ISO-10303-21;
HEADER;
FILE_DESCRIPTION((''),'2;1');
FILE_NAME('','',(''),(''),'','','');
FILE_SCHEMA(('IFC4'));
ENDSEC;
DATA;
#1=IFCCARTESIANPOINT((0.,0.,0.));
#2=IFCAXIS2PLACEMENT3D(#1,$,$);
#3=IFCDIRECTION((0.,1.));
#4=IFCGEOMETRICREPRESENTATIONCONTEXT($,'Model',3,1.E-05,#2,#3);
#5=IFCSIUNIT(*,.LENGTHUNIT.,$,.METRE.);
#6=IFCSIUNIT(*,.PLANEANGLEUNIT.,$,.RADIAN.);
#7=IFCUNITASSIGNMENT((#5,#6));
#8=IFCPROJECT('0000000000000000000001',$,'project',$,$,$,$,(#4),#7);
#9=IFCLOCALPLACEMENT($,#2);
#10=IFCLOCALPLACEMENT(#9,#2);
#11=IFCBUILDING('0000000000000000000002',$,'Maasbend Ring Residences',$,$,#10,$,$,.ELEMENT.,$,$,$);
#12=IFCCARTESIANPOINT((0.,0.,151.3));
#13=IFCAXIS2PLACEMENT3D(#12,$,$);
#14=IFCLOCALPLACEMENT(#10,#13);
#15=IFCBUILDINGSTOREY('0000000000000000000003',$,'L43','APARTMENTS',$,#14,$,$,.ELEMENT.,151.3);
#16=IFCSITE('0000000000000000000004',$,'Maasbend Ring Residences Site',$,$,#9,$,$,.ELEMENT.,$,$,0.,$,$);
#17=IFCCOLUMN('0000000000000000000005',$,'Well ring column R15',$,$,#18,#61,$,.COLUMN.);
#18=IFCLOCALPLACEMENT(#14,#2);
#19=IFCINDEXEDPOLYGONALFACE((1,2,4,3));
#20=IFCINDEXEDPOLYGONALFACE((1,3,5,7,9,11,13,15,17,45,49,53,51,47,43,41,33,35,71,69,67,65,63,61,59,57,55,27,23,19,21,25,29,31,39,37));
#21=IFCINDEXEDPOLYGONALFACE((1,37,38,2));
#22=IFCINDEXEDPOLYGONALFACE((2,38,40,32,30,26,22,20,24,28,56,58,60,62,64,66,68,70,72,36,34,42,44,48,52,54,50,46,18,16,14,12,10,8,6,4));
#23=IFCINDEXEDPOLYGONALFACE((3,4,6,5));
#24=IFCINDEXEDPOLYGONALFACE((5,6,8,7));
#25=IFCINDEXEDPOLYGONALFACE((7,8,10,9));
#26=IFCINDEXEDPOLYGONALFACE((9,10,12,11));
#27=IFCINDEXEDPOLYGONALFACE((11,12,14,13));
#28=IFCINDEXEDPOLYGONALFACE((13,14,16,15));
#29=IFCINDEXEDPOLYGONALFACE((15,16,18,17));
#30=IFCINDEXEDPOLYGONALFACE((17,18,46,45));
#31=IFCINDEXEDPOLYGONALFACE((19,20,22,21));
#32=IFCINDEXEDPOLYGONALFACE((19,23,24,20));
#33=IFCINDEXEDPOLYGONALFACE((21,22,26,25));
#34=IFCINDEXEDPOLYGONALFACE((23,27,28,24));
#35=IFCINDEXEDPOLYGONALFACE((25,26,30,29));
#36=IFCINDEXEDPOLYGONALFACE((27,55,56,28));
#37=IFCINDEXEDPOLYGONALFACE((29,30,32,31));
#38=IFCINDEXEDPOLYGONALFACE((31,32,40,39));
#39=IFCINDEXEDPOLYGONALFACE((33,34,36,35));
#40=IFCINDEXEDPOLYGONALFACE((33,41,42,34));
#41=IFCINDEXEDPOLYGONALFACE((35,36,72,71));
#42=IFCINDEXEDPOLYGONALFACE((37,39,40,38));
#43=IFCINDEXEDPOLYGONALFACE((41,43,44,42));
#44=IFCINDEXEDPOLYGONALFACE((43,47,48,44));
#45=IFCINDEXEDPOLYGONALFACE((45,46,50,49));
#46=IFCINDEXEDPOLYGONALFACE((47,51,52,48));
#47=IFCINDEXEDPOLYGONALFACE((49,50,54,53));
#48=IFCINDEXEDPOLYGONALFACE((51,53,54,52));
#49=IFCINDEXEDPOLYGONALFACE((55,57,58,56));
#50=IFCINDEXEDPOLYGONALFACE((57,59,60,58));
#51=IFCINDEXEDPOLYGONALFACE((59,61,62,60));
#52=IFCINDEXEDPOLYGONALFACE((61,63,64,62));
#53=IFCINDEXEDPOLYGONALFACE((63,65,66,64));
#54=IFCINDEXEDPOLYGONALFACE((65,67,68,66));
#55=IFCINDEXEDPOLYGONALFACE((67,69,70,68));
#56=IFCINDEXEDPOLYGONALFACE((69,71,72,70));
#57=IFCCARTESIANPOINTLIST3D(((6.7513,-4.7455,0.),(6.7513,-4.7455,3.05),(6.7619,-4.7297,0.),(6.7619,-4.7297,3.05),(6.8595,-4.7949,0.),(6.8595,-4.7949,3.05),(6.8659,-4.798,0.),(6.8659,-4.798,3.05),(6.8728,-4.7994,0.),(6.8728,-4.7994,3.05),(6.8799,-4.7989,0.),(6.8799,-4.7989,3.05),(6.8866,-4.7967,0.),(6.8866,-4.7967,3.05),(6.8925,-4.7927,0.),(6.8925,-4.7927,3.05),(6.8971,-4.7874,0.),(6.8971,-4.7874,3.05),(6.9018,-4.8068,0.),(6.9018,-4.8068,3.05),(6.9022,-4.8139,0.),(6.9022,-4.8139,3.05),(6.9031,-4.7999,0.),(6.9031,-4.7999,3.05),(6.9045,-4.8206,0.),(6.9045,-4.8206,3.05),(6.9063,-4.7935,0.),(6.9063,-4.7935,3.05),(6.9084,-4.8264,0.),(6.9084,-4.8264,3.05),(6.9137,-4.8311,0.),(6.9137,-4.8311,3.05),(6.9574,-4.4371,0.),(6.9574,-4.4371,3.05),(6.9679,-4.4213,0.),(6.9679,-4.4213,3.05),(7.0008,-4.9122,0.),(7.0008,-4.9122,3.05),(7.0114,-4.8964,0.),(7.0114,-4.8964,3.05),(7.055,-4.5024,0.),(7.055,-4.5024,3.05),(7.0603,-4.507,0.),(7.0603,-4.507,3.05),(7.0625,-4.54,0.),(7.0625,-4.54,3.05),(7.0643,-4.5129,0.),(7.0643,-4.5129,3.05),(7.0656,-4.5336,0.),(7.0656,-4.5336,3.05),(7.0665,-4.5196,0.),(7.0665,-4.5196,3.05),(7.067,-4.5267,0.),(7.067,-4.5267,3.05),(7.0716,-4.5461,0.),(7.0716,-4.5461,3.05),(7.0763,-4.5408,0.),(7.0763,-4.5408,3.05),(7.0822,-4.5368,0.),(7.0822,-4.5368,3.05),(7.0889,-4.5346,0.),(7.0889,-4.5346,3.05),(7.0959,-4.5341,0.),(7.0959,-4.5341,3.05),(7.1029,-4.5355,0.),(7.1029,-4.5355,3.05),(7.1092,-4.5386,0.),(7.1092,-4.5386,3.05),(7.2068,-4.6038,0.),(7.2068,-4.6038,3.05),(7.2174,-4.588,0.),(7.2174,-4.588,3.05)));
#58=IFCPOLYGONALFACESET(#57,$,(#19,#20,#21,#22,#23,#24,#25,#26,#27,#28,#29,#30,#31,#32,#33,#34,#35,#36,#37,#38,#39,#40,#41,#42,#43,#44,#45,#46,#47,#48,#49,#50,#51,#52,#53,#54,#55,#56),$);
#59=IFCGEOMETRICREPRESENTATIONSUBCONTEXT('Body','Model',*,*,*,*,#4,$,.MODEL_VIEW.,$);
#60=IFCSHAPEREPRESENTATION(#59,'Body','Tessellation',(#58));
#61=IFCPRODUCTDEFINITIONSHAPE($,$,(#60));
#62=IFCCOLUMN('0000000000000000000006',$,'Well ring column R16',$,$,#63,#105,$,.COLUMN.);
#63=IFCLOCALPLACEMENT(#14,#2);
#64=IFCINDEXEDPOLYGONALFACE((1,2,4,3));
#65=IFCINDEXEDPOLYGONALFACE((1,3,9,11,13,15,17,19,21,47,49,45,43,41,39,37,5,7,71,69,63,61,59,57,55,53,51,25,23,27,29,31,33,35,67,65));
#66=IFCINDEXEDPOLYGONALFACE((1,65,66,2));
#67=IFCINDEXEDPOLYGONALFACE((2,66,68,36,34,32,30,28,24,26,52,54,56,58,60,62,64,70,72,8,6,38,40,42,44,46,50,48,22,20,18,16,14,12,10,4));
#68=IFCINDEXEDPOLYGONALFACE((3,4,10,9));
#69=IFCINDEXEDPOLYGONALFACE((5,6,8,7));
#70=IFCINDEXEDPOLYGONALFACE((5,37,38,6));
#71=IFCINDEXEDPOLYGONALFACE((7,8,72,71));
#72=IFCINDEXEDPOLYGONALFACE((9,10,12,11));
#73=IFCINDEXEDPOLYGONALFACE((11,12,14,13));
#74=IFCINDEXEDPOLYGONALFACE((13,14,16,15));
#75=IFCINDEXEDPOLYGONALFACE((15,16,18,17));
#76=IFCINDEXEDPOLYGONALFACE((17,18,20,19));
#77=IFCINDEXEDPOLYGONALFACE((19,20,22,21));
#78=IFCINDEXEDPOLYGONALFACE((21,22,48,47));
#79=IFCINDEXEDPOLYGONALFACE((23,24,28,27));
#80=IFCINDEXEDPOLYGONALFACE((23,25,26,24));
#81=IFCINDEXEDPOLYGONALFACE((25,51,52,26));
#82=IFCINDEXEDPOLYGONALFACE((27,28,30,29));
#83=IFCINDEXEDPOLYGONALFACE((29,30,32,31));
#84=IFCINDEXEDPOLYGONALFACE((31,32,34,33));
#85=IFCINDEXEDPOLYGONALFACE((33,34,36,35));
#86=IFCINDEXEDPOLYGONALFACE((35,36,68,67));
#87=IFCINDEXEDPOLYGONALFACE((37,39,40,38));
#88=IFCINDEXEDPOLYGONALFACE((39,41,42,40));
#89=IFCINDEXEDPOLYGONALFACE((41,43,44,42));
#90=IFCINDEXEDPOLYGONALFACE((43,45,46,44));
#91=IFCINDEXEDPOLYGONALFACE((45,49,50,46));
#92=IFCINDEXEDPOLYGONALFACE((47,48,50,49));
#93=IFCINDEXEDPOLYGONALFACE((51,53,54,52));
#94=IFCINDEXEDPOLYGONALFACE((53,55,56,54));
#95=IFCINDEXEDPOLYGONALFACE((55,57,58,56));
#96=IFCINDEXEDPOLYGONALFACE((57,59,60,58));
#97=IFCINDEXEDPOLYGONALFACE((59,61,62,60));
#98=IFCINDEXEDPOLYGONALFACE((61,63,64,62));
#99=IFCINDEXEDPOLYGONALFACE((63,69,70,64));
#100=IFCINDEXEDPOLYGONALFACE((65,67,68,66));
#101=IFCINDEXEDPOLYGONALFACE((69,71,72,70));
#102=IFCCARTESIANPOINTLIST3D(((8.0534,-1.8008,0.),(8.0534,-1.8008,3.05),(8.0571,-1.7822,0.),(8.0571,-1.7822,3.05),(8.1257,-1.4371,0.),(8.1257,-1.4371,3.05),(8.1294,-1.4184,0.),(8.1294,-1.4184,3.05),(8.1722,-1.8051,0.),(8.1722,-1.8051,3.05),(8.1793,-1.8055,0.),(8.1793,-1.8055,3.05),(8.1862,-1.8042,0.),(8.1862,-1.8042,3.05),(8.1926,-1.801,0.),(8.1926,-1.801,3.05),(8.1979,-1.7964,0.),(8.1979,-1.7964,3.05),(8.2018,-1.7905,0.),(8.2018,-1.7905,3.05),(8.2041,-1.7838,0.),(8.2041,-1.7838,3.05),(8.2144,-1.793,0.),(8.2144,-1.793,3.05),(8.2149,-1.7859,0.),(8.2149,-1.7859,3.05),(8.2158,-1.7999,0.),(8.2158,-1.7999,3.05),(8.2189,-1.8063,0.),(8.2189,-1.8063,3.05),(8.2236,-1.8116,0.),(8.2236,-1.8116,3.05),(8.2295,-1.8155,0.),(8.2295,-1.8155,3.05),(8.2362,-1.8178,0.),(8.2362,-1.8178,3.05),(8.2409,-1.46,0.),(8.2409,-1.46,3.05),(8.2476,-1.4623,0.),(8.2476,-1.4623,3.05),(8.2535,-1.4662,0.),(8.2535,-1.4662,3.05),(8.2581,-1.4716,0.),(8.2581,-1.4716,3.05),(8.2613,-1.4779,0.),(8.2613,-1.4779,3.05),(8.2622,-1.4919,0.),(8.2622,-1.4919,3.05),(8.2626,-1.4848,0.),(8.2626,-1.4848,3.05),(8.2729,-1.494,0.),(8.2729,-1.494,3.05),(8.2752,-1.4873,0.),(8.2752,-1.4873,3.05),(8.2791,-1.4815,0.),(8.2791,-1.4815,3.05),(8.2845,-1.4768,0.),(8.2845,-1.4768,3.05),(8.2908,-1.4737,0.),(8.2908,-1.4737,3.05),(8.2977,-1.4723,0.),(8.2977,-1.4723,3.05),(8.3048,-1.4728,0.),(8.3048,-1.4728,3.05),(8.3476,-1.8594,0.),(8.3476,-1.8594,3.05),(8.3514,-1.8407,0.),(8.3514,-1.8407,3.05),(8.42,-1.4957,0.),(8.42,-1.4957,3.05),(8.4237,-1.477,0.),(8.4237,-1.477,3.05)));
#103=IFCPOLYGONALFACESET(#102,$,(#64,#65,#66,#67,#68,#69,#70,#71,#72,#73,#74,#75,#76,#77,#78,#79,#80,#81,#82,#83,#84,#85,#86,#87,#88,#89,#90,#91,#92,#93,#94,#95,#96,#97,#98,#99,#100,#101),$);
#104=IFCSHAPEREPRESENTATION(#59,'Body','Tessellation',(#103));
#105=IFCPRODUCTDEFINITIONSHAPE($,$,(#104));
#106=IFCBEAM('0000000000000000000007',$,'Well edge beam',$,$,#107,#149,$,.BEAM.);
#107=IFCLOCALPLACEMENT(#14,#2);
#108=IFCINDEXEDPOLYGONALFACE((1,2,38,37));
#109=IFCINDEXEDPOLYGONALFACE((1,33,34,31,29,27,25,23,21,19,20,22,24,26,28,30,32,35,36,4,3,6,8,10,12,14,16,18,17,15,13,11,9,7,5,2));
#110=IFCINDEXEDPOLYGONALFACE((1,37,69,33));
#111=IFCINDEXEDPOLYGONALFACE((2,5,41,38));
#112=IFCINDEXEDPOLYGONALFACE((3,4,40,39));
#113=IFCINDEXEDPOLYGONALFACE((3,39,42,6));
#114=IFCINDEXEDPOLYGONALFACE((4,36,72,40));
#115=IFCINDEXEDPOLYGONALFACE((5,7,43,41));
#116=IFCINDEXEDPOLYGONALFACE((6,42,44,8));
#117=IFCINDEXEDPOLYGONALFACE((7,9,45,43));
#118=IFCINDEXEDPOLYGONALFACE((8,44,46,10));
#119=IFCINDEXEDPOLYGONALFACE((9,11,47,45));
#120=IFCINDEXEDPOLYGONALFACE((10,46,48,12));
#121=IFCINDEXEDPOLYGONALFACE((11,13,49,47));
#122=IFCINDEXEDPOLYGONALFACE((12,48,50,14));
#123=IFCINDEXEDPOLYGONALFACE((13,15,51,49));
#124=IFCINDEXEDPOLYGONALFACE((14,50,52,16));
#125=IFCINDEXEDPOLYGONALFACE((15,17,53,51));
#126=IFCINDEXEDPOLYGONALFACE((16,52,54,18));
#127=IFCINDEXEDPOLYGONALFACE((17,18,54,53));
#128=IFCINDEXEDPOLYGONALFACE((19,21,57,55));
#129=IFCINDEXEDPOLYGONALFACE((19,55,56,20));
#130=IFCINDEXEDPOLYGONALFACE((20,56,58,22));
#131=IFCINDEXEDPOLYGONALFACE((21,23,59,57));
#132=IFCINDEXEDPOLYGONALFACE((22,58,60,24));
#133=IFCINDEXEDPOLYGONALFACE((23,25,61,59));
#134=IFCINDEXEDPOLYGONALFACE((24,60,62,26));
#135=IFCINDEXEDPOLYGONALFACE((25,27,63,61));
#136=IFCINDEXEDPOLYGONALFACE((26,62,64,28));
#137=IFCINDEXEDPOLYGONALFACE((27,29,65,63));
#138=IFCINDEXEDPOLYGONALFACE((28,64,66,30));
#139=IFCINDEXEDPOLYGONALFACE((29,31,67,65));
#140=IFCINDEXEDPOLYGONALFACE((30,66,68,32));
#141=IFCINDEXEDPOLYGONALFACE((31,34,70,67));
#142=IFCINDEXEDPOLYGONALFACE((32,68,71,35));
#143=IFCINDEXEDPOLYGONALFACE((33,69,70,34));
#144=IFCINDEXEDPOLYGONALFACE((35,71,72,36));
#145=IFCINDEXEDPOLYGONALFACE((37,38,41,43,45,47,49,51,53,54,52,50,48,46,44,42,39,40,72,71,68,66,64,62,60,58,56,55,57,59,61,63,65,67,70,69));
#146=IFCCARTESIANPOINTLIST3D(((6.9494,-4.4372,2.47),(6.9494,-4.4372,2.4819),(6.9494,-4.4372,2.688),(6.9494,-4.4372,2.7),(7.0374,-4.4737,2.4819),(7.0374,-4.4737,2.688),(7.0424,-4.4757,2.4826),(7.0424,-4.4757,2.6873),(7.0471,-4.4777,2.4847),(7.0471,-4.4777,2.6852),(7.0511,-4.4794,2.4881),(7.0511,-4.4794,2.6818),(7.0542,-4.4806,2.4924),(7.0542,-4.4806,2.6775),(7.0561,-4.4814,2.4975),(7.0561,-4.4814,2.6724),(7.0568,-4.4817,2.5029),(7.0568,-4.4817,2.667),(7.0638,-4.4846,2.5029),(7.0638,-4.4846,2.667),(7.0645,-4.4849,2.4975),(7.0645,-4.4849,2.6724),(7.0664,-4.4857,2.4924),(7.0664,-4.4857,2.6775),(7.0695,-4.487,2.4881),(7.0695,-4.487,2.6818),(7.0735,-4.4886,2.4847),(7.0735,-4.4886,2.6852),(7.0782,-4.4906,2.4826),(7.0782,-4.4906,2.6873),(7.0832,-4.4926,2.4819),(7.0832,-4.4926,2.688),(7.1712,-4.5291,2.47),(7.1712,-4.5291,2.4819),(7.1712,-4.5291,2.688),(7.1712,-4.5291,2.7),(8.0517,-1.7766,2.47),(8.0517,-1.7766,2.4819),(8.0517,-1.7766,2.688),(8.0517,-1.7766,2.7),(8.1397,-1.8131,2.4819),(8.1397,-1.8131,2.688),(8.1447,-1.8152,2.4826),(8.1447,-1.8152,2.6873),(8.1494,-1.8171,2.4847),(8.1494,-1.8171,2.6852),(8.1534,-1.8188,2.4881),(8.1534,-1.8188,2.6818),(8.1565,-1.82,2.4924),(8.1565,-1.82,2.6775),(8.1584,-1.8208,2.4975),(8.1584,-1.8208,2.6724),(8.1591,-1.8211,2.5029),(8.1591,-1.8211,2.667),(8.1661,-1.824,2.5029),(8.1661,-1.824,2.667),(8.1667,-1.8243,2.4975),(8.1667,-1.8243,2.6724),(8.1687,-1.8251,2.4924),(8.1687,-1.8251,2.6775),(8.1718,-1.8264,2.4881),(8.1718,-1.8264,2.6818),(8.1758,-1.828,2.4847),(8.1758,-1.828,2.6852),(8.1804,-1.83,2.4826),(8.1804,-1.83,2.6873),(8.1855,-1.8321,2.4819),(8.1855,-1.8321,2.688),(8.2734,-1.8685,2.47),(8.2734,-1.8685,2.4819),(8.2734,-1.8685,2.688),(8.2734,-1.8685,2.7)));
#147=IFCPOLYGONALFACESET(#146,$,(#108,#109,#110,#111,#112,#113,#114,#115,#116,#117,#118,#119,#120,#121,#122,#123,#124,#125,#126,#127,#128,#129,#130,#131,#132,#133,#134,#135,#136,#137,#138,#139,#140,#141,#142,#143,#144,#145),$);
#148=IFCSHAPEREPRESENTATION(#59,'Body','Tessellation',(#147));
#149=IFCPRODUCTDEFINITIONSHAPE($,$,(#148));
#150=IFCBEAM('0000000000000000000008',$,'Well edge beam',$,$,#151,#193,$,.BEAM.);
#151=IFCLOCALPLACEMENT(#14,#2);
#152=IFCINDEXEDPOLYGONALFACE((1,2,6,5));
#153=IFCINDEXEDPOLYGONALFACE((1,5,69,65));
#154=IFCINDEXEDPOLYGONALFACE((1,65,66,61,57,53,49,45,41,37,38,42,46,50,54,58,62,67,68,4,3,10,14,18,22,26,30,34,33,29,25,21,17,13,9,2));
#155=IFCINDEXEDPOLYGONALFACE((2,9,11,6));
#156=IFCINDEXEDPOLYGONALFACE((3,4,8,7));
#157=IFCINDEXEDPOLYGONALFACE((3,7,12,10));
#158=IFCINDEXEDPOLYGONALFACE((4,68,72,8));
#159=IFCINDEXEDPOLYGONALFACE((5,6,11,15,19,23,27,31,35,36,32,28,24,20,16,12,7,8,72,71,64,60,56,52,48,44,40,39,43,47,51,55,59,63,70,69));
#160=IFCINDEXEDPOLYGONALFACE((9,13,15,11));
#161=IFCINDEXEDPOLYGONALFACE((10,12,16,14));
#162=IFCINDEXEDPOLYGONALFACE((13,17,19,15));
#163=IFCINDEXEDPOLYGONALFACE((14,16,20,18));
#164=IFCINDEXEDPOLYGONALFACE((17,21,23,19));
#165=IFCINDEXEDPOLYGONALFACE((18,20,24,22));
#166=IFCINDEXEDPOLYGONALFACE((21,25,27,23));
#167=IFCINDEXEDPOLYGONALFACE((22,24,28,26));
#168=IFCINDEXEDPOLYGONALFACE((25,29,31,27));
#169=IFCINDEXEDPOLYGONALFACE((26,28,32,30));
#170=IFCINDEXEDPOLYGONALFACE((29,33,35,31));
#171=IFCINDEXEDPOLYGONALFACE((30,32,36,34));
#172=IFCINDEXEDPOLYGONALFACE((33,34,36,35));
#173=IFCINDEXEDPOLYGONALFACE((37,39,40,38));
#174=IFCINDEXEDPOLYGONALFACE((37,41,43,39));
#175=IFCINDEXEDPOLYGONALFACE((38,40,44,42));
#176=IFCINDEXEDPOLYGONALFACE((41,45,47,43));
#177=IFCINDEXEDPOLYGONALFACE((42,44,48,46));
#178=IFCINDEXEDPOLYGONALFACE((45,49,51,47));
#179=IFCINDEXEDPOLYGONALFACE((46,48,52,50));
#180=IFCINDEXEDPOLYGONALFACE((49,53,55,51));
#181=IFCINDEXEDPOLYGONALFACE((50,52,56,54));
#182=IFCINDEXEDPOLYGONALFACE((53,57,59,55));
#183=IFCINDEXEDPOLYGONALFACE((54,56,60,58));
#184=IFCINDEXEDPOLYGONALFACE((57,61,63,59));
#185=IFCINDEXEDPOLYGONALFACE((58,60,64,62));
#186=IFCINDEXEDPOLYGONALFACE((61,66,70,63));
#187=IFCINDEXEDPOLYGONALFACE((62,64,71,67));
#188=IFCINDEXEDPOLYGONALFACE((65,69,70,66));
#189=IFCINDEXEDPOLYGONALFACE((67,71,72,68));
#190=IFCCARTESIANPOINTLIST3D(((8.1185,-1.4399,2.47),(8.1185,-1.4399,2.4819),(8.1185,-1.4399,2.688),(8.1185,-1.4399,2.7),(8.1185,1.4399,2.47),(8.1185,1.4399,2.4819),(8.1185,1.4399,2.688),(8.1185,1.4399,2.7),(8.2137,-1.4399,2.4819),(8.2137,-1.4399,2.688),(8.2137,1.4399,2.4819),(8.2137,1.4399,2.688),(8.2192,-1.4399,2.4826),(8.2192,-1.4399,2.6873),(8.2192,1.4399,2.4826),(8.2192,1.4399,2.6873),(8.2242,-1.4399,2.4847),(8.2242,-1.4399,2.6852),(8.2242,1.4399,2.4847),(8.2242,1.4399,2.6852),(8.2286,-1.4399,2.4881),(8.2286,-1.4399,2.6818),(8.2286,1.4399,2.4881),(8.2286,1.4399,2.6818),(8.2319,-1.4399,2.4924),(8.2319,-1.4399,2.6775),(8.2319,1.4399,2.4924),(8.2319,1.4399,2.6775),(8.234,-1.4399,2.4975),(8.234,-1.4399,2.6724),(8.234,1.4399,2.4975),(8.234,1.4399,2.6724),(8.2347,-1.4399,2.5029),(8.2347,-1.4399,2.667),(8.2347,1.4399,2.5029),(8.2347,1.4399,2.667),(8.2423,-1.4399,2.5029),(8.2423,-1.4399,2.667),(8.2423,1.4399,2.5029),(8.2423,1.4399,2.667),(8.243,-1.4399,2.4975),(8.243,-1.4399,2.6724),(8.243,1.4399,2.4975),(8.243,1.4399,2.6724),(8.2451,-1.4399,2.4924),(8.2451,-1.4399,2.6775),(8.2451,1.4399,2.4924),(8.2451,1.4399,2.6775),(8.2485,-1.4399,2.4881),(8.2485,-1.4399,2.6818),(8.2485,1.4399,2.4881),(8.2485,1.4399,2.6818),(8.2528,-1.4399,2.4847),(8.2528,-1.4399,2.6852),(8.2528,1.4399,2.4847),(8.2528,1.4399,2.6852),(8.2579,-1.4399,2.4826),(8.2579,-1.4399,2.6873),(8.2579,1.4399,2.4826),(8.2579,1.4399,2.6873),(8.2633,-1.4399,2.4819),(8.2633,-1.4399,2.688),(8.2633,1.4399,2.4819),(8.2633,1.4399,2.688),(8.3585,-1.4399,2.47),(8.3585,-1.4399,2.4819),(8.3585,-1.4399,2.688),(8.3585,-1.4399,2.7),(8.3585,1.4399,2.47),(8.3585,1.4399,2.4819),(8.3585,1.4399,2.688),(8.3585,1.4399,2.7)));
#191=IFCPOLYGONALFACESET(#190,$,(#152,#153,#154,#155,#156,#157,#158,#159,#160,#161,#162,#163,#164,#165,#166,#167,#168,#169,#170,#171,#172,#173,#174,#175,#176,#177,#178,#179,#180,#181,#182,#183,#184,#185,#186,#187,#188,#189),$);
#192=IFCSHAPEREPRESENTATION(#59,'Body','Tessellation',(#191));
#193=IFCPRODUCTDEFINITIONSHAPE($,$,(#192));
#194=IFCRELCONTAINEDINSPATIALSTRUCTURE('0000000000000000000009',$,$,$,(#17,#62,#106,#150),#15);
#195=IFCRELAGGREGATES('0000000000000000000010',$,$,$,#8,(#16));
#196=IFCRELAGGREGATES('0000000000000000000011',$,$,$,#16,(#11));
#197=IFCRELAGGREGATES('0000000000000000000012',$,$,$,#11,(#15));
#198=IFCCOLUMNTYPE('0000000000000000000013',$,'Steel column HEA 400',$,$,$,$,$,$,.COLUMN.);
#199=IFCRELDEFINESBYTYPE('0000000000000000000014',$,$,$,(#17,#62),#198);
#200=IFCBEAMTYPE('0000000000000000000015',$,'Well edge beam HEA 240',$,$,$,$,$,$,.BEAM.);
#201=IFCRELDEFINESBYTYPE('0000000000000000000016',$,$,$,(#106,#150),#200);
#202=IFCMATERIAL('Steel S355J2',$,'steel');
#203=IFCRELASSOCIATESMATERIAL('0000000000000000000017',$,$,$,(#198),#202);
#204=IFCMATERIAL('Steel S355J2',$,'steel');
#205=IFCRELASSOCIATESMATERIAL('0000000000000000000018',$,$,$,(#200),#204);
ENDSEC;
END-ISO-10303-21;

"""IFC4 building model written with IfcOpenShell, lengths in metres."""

from ifc_helpers import new_model, si_unit, direction, frame, origin, origin_2d, place, context, subcontext, project, spatial, i_section, extrude, material, material_profile, profile_set, type_object, element, save


model = new_model("IFC4")

# Units and contexts
model_context = context("Model", 3, precision=1e-05, world=origin(), true_north=direction((0.0, 1.0)))
body_context = subcontext(model_context, "Body", "Model", "MODEL_VIEW")
ifc_project = project(units=[si_unit("LENGTHUNIT", "METRE"), si_unit("PLANEANGLEUNIT", "RADIAN")], contexts=[model_context])

# Site, building, storey
site_placement = place(None, origin())
site = spatial("IfcSite", under=ifc_project, at=site_placement, Name="Maasbend Ring Residences Site", CompositionType="ELEMENT", RefElevation=0.0)
building_placement = place(site_placement, origin())
building = spatial("IfcBuilding", under=site, at=building_placement, Name="Maasbend Ring Residences", CompositionType="ELEMENT")
storey_placement = place(building_placement, frame((0.0, 0.0, 151.3)))
storey = spatial("IfcBuildingStorey", under=building, at=storey_placement, Name="L43", Description="APARTMENTS", CompositionType="ELEMENT", Elevation=151.3)

# Columns
ifc_material_1 = material(Name="Steel S355J2", Category="steel")
ifc_material_profile_1 = material_profile(ifc_material_1, i_section(OverallWidth=0.3, OverallDepth=0.3899, WebThickness=0.011, FlangeThickness=0.019, FilletRadius=0.0271, at=origin_2d()), Name="HEA 400")
ifc_profile_set_1 = profile_set([ifc_material_profile_1], Name="Steel S355J2")
column_type = type_object("IfcColumnType", Name="Steel column HEA 400", PredefinedType="COLUMN", material=ifc_profile_set_1)
for number, where, z_axis, x_axis, name in (
    (1, (6.9844, -4.6667, 0.0), (0.0, 0.0, 1.0), (0.83147, -0.55557, 0.0), "Well ring column R15"),
    (2, (8.2385, -1.6389, 0.0), (0.0, 0.0, 1.0), (0.980785, -0.19509, 0.0), "Well ring column R16"),
):
    element("IfcColumn", number, at=place(storey_placement, frame(where, z_axis=z_axis, x_axis=x_axis)), inside=storey, type_object=column_type, Name=name, PredefinedType="COLUMN", context=body_context, shape_type="SweptSolid", body=[
        extrude(i_section(OverallWidth=0.3, OverallDepth=0.3899, WebThickness=0.011, FlangeThickness=0.019, FilletRadius=0.0271, at=origin_2d()), origin(), (0.0, 0.0, 1.0), 3.05),
    ])

# Beams
ifc_material_2 = material(Name="Steel S355J2", Category="steel")
ifc_material_profile_2 = material_profile(ifc_material_2, i_section(OverallWidth=0.24, OverallDepth=0.23, WebThickness=0.0076, FlangeThickness=0.012, FilletRadius=0.021, at=origin_2d()), Name="HEA 240")
ifc_profile_set_2 = profile_set([ifc_material_profile_2], Name="Steel S355J2")
beam_type = type_object("IfcBeamType", Name="Well edge beam HEA 240", PredefinedType="BEAM", material=ifc_profile_set_2)
for number, where, z_axis, x_axis, name in (
    (3, (7.0603, -4.4832, 2.585), (0.382749, 0.923853, 0.0), (-0.923853, 0.382749, 0.0), "Well edge beam"),
    (4, (8.2385, -1.4399, 2.585), (0.0, 1.0, 0.0), (-1.0, 0.0, 0.0), "Well edge beam"),
):
    element("IfcBeam", number, at=place(storey_placement, frame(where, z_axis=z_axis, x_axis=x_axis)), inside=storey, type_object=beam_type, Name=name, PredefinedType="BEAM", context=body_context, shape_type="SweptSolid", body=[
        extrude(i_section(OverallWidth=0.24, OverallDepth=0.23, WebThickness=0.0076, FlangeThickness=0.012, FilletRadius=0.021, at=origin_2d()), origin(), (0.0, 0.0, 1.0), 2.8799),
    ])

save(model, "model.ifc")
